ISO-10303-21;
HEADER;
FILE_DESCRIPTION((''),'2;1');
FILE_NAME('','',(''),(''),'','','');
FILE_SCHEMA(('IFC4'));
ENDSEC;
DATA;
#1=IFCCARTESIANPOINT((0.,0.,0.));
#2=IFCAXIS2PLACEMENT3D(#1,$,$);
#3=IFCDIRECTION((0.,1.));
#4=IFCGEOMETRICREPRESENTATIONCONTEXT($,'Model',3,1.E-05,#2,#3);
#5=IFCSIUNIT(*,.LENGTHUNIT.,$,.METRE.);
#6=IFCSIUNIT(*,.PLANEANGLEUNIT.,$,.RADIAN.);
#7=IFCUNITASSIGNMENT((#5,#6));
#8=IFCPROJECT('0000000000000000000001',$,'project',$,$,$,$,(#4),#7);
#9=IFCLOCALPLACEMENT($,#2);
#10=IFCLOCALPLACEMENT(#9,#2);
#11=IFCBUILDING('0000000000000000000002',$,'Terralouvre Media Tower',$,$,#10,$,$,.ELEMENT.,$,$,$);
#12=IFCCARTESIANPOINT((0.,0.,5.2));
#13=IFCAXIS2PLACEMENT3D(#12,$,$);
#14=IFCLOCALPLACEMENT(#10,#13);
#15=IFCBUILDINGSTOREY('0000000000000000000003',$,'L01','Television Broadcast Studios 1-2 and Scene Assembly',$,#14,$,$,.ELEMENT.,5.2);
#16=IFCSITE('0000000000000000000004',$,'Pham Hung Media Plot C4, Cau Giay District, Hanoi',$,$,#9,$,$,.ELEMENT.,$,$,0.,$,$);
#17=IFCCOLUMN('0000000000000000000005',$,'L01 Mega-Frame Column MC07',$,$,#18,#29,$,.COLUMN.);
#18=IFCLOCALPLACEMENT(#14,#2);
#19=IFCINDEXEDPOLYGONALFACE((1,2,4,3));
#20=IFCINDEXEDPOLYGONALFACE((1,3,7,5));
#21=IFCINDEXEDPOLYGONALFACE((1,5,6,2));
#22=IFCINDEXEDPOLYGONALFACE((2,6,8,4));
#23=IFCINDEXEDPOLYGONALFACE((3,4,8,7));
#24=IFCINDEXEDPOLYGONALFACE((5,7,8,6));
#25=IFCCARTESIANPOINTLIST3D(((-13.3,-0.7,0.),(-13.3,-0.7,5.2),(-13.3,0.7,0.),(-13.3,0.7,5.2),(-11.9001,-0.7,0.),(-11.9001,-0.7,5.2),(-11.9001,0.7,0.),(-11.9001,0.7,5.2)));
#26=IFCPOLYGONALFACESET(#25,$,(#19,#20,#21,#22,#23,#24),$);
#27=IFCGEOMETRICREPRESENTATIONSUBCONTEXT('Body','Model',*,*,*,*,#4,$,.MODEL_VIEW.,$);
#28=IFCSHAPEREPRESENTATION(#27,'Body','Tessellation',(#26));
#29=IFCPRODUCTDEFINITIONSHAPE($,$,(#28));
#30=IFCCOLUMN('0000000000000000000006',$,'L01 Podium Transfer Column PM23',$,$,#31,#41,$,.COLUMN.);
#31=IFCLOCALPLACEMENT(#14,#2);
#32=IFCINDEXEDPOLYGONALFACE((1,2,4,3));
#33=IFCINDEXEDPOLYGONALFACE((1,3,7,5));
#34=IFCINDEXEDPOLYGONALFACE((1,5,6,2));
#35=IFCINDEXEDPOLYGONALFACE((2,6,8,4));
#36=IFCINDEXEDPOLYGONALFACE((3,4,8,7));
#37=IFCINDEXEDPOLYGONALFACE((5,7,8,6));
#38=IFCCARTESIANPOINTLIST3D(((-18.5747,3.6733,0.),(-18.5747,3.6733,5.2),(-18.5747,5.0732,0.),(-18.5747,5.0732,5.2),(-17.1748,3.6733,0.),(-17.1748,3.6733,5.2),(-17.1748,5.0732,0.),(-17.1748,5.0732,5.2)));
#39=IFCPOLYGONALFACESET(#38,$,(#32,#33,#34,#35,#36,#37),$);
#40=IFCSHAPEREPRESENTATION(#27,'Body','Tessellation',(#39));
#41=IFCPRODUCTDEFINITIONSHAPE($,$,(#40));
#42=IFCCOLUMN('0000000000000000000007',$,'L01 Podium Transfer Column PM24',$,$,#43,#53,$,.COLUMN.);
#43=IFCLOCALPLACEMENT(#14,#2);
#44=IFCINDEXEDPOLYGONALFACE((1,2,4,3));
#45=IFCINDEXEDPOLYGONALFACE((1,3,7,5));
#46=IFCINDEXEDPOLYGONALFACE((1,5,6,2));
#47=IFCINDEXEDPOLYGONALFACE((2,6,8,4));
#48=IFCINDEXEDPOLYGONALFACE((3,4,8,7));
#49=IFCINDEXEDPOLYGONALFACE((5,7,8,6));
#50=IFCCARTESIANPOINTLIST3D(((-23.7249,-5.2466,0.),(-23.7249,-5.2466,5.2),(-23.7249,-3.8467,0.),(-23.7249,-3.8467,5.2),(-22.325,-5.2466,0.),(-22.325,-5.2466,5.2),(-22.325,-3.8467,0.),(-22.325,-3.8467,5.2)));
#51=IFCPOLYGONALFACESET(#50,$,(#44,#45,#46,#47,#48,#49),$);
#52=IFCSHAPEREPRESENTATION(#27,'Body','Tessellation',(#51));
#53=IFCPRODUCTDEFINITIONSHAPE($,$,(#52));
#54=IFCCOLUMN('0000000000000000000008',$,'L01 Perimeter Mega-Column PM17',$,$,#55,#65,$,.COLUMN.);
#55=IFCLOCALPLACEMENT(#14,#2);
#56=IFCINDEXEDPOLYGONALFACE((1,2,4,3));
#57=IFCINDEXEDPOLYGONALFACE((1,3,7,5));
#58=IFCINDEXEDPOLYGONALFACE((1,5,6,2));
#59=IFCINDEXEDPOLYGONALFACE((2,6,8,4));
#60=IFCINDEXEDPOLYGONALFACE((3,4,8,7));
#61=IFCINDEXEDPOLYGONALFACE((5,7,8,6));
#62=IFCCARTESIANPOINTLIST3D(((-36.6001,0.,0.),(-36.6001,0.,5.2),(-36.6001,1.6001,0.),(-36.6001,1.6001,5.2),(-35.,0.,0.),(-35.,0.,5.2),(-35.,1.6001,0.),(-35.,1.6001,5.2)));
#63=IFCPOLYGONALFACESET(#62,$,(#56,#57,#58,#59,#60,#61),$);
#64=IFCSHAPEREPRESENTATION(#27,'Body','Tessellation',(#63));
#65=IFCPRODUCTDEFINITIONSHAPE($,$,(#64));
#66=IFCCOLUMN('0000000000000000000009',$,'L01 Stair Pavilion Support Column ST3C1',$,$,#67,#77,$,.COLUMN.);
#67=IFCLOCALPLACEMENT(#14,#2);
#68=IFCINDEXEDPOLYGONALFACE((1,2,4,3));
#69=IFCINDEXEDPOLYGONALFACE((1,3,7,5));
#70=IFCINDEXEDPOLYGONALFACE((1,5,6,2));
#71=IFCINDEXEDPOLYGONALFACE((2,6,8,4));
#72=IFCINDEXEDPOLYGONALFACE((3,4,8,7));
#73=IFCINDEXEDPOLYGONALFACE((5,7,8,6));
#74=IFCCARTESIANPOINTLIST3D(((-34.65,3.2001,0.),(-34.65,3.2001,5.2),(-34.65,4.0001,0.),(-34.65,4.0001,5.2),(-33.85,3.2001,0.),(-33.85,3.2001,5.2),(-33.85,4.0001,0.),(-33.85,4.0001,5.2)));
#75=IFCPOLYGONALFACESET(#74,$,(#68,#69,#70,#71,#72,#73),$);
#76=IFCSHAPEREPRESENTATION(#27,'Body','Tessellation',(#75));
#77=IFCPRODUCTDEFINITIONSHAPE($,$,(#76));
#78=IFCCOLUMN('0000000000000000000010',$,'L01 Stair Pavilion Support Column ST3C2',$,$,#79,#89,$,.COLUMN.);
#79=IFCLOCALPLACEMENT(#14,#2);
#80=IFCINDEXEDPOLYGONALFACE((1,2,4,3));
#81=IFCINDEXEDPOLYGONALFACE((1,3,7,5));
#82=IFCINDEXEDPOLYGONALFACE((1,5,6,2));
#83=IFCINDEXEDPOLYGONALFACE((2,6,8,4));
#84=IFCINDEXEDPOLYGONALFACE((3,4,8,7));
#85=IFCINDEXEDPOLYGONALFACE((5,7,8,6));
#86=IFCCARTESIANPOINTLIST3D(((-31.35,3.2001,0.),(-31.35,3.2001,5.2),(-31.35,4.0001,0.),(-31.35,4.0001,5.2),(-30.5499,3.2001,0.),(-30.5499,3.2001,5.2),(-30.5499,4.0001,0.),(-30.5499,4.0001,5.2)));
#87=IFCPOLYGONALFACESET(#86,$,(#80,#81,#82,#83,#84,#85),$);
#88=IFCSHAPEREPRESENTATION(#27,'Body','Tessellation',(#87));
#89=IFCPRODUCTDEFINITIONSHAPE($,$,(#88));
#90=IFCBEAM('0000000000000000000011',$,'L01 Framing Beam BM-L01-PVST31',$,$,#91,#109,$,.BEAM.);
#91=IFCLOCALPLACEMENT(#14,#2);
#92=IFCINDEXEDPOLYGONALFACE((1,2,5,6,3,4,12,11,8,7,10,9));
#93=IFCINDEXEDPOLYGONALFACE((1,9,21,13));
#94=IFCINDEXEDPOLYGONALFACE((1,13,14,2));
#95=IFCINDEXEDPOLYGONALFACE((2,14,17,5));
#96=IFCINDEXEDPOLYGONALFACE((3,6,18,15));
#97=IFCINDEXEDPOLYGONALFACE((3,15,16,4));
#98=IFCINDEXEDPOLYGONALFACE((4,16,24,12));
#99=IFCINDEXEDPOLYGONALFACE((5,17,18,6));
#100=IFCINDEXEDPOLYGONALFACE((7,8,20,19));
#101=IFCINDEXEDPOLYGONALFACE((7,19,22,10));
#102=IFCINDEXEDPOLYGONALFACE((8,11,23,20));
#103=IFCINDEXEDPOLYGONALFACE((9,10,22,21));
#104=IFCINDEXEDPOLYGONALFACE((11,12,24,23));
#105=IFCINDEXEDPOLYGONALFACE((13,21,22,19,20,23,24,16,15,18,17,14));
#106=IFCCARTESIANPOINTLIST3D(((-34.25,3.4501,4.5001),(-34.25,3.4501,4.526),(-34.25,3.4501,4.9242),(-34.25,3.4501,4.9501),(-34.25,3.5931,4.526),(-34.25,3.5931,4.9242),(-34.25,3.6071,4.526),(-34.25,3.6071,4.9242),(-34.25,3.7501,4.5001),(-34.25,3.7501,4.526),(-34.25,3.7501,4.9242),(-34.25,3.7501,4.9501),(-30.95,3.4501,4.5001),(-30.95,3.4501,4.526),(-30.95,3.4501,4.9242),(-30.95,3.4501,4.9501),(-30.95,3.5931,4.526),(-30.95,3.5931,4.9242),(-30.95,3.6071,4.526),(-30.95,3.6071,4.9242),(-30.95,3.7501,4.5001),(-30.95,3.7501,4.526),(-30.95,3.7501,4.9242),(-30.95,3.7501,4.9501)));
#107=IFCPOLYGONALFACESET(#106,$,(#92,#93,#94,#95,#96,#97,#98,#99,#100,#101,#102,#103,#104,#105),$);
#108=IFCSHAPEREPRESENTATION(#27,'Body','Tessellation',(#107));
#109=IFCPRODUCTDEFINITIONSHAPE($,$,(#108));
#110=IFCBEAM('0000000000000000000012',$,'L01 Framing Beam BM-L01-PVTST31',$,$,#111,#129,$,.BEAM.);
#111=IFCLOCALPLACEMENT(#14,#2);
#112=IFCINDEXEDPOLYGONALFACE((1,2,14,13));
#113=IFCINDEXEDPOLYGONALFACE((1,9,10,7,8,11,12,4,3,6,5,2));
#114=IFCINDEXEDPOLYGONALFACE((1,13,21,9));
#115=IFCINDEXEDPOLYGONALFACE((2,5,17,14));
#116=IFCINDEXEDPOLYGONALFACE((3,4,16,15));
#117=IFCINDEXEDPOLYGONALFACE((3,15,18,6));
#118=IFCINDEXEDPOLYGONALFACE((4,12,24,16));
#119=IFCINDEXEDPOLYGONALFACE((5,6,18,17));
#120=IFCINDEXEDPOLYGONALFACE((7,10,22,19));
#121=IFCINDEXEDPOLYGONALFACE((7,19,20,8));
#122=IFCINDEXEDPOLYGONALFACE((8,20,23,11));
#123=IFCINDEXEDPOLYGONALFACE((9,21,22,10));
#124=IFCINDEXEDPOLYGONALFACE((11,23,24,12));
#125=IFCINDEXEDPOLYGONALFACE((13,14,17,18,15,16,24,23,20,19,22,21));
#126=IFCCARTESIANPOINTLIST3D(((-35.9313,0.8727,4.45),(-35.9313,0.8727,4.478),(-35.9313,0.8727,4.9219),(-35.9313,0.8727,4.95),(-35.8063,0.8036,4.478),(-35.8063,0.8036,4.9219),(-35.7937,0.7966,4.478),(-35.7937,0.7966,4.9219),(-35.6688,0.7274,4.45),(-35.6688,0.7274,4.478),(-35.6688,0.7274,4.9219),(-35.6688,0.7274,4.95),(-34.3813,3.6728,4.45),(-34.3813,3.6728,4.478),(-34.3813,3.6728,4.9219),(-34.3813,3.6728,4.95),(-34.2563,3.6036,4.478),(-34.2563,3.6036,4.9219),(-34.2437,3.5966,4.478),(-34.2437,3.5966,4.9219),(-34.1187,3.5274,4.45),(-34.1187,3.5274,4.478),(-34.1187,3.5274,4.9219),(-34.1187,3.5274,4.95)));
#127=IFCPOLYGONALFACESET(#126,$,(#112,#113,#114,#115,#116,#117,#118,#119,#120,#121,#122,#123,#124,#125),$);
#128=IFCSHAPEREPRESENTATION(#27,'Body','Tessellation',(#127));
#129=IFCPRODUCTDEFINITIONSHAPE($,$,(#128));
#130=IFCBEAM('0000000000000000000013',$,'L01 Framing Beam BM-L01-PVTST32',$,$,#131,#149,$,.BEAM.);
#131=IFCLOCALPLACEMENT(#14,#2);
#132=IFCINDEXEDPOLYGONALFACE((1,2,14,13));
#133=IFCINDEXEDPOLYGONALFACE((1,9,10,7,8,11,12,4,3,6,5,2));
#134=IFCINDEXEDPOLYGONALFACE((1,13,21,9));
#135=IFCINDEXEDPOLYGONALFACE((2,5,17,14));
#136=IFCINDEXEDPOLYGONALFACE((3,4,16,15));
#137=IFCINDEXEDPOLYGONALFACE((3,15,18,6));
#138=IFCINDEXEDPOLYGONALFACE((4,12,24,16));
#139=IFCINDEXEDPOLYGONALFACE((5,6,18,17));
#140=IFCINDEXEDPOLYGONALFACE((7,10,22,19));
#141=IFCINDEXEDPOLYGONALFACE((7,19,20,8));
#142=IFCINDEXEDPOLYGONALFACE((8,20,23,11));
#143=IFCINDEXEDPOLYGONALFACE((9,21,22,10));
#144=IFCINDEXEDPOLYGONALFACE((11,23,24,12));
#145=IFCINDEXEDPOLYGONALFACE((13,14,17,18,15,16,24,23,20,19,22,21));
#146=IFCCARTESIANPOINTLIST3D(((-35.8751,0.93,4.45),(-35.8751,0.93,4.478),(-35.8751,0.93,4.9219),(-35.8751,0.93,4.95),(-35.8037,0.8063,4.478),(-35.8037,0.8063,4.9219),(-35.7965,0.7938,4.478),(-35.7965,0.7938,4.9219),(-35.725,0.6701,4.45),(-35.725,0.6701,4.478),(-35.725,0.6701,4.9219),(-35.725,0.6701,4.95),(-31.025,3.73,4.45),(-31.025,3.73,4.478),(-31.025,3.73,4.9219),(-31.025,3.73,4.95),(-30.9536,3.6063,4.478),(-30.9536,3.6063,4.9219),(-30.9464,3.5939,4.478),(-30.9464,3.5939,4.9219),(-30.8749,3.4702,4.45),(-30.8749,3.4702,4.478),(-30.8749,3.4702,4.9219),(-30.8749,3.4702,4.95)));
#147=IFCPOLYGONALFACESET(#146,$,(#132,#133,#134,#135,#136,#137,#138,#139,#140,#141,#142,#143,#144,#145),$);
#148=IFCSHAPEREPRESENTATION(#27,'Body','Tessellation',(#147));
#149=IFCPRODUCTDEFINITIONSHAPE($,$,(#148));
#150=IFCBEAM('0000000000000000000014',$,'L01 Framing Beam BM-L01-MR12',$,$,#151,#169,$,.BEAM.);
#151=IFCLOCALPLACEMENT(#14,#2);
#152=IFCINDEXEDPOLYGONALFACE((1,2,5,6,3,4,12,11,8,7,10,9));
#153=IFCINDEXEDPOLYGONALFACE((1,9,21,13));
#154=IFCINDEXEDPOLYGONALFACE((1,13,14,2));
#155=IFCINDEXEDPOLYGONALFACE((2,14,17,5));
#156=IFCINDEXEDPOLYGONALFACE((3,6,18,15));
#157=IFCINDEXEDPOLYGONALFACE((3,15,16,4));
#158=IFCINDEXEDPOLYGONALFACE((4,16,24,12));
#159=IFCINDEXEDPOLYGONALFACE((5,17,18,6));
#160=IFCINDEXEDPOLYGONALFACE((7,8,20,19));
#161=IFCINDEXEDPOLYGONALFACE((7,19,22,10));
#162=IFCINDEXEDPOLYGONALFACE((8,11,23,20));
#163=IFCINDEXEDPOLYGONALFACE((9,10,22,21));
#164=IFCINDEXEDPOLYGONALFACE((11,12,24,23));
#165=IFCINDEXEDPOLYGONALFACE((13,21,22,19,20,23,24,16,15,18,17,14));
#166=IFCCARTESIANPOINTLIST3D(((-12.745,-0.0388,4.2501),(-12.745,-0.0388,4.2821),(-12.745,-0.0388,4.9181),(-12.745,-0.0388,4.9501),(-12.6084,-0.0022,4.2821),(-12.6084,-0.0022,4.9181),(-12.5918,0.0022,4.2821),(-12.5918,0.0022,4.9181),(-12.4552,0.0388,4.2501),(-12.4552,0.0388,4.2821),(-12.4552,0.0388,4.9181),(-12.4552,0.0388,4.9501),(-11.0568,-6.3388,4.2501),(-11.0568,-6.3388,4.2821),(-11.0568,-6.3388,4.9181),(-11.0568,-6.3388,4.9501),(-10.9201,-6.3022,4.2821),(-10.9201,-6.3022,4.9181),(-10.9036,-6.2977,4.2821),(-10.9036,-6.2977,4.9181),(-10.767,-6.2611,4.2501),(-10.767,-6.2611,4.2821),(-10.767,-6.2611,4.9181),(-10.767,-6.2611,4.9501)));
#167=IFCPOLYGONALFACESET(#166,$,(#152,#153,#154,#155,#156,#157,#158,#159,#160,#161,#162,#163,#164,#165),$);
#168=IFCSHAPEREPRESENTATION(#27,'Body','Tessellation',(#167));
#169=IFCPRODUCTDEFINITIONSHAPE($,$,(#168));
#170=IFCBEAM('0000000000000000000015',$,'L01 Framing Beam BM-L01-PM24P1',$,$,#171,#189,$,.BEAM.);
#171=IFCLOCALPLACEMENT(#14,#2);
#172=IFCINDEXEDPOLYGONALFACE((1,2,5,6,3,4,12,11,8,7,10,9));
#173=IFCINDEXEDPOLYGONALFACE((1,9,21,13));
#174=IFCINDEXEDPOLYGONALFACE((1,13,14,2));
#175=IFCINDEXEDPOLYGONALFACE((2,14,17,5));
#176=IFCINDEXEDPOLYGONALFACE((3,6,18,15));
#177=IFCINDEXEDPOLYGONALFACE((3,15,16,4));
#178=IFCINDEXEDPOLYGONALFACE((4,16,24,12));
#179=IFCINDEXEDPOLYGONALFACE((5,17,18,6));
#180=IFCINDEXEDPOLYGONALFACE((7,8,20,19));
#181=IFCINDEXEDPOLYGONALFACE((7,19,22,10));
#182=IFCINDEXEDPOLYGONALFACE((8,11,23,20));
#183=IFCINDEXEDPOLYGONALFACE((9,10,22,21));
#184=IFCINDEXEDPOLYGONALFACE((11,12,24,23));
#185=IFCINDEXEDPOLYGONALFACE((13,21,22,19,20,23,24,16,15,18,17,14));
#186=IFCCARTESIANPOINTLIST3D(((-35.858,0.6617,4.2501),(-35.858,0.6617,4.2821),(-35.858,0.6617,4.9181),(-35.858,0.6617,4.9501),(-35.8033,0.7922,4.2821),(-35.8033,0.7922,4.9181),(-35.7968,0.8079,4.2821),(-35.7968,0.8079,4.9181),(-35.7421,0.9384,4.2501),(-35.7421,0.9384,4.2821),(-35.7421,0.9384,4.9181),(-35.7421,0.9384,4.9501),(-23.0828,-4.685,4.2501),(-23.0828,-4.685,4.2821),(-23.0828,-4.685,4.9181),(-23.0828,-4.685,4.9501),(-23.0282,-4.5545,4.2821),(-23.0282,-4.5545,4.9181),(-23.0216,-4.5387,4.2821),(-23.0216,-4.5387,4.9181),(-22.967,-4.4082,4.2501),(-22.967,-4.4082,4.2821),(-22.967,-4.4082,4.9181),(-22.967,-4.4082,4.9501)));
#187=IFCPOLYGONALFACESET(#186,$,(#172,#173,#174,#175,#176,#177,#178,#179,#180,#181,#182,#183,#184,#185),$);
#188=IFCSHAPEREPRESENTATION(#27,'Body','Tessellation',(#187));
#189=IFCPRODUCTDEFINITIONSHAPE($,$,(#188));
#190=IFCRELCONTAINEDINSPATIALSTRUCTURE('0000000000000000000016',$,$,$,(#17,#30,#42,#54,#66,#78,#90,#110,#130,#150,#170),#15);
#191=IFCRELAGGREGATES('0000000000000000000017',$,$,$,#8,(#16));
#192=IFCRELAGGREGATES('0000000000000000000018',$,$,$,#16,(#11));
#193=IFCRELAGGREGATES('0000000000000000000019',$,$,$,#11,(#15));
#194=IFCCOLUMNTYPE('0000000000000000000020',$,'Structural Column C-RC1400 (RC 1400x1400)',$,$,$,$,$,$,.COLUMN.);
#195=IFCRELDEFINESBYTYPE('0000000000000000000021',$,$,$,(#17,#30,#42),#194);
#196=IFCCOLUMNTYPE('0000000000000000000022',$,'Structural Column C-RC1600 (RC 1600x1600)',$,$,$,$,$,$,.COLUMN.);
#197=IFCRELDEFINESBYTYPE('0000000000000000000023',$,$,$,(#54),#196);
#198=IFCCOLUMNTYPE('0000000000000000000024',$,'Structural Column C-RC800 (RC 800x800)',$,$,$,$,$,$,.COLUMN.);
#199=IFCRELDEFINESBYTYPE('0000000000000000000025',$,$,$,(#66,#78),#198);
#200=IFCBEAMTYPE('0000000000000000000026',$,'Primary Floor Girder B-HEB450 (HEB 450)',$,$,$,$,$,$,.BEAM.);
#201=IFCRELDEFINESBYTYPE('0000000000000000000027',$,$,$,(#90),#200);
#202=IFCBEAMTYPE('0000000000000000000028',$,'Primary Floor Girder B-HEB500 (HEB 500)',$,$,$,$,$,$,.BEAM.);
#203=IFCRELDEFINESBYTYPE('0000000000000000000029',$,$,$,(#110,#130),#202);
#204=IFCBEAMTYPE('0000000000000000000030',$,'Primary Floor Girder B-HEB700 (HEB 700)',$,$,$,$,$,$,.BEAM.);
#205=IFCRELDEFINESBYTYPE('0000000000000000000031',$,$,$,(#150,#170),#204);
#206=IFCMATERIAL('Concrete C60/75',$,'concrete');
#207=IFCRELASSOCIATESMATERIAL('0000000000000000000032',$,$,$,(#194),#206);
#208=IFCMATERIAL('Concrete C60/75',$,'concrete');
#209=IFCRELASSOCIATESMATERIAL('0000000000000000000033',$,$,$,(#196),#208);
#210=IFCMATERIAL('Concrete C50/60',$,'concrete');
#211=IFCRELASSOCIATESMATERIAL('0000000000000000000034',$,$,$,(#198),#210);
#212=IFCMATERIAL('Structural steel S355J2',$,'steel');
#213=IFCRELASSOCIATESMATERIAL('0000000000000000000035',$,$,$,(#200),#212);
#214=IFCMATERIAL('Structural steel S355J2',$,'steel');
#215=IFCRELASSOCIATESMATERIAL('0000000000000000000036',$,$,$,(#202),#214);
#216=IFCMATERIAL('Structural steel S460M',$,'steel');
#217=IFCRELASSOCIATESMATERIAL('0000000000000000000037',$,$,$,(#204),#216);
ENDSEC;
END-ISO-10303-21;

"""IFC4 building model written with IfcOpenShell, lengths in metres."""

from ifc_helpers import new_model, si_unit, direction, frame, origin, origin_2d, place, context, subcontext, project, spatial, rectangle, i_section, extrude, material, material_profile, profile_set, type_object, element, save


model = new_model("IFC4")

# Units and contexts
model_context = context("Model", 3, precision=1e-05, world=origin(), true_north=direction((0.0, 1.0)))
body_context = subcontext(model_context, "Body", "Model", "MODEL_VIEW")
ifc_project = project(units=[si_unit("LENGTHUNIT", "METRE"), si_unit("PLANEANGLEUNIT", "RADIAN")], contexts=[model_context])

# Site, building, storey
site_placement = place(None, origin())
site = spatial("IfcSite", under=ifc_project, at=site_placement, Name="Pham Hung Media Plot C4, Cau Giay District, Hanoi", CompositionType="ELEMENT", RefElevation=0.0)
building_placement = place(site_placement, origin())
building = spatial("IfcBuilding", under=site, at=building_placement, Name="Terralouvre Media Tower", CompositionType="ELEMENT")
storey_placement = place(building_placement, frame((0.0, 0.0, 5.2)))
storey = spatial("IfcBuildingStorey", under=building, at=storey_placement, Name="L01", Description="Television Broadcast Studios 1-2 and Scene Assembly", CompositionType="ELEMENT", Elevation=5.2)

# Columns
ifc_material_1 = material(Name="Concrete C60/75", Category="concrete")
ifc_material_profile_1 = material_profile(ifc_material_1, rectangle(XDim=1.3999, YDim=1.3999, at=origin_2d()), Name="RC 1400x1400")
ifc_profile_set_1 = profile_set([ifc_material_profile_1], Name="Concrete C60/75")
column_type_1 = type_object("IfcColumnType", Name="Structural Column C-RC1400 (RC 1400x1400)", PredefinedType="COLUMN", material=ifc_profile_set_1)
for number, where, z_axis, x_axis, name in (
    (1, (-12.6001, 0.0, 0.0), (0.0, 0.0, 1.0), (1.0, 0.0, 0.0), "L01 Mega-Frame Column MC07"),
    (2, (-17.8748, 4.3733, 0.0), (0.0, 0.0, 1.0), (1.0, 0.0, 0.0), "L01 Podium Transfer Column PM23"),
    (3, (-23.0249, -4.5466, 0.0), (0.0, 0.0, 1.0), (1.0, 0.0, 0.0), "L01 Podium Transfer Column PM24"),
):
    element("IfcColumn", number, at=place(storey_placement, frame(where, z_axis=z_axis, x_axis=x_axis)), inside=storey, type_object=column_type_1, Name=name, PredefinedType="COLUMN", context=body_context, shape_type="SweptSolid", body=[
        extrude(rectangle(XDim=1.3999, YDim=1.3999, at=origin_2d()), origin(), (0.0, 0.0, 1.0), 5.2),
    ])
ifc_material_2 = material(Name="Concrete C60/75", Category="concrete")
ifc_material_profile_2 = material_profile(ifc_material_2, rectangle(XDim=1.6001, YDim=1.6001, at=origin_2d()), Name="RC 1600x1600")
ifc_profile_set_2 = profile_set([ifc_material_profile_2], Name="Concrete C60/75")
column_type_2 = type_object("IfcColumnType", Name="Structural Column C-RC1600 (RC 1600x1600)", PredefinedType="COLUMN", material=ifc_profile_set_2)
column_placement = place(storey_placement, frame((-35.8, 0.8, 0.0), z_axis=(0.0, 0.0, 1.0), x_axis=(1.0, 0.0, 0.0)))
element("IfcColumn", 4, at=column_placement, inside=storey, type_object=column_type_2, Name="L01 Perimeter Mega-Column PM17", PredefinedType="COLUMN", context=body_context, shape_type="SweptSolid", body=[
    extrude(rectangle(XDim=1.6001, YDim=1.6001, at=origin_2d()), origin(), (0.0, 0.0, 1.0), 5.2),
])
ifc_material_3 = material(Name="Concrete C50/60", Category="concrete")
ifc_material_profile_3 = material_profile(ifc_material_3, rectangle(XDim=0.8, YDim=0.8, at=origin_2d()), Name="RC 800x800")
ifc_profile_set_3 = profile_set([ifc_material_profile_3], Name="Concrete C50/60")
column_type_3 = type_object("IfcColumnType", Name="Structural Column C-RC800 (RC 800x800)", PredefinedType="COLUMN", material=ifc_profile_set_3)
for number, where, z_axis, x_axis, name in (
    (5, (-34.25, 3.6001, 0.0), (0.0, 0.0, 1.0), (1.0, 0.0, 0.0), "L01 Stair Pavilion Support Column ST3C1"),
    (6, (-30.95, 3.6001, 0.0), (0.0, 0.0, 1.0), (1.0, 0.0, 0.0), "L01 Stair Pavilion Support Column ST3C2"),
):
    element("IfcColumn", number, at=place(storey_placement, frame(where, z_axis=z_axis, x_axis=x_axis)), inside=storey, type_object=column_type_3, Name=name, PredefinedType="COLUMN", context=body_context, shape_type="SweptSolid", body=[
        extrude(rectangle(XDim=0.8, YDim=0.8, at=origin_2d()), origin(), (0.0, 0.0, 1.0), 5.2),
    ])

# Beams
ifc_material_4 = material(Name="Structural steel S355J2", Category="steel")
ifc_material_profile_4 = material_profile(ifc_material_4, i_section(OverallWidth=0.3, OverallDepth=0.45, WebThickness=0.0139, FlangeThickness=0.0259, at=origin_2d()), Name="HEB 450")
ifc_profile_set_4 = profile_set([ifc_material_profile_4], Name="Structural steel S355J2")
beam_type_1 = type_object("IfcBeamType", Name="Primary Floor Girder B-HEB450 (HEB 450)", PredefinedType="BEAM", material=ifc_profile_set_4)
beam_1_placement = place(storey_placement, frame((-34.25, 3.6001, 4.7251), z_axis=(1.0, 0.0, 0.0), x_axis=(0.0, 1.0, 0.0)))
element("IfcBeam", 7, at=beam_1_placement, inside=storey, type_object=beam_type_1, Name="L01 Framing Beam BM-L01-PVST31", PredefinedType="BEAM", context=body_context, shape_type="SweptSolid", body=[
    extrude(i_section(OverallWidth=0.3, OverallDepth=0.45, WebThickness=0.0139, FlangeThickness=0.0259, at=origin_2d()), origin(), (0.0, 0.0, 1.0), 3.3),
])
ifc_material_5 = material(Name="Structural steel S355J2", Category="steel")
ifc_material_profile_5 = material_profile(ifc_material_5, i_section(OverallWidth=0.3, OverallDepth=0.5, WebThickness=0.0144, FlangeThickness=0.0281, at=origin_2d()), Name="HEB 500")
ifc_profile_set_5 = profile_set([ifc_material_profile_5], Name="Structural steel S355J2")
beam_type_2 = type_object("IfcBeamType", Name="Primary Floor Girder B-HEB500 (HEB 500)", PredefinedType="BEAM", material=ifc_profile_set_5)
beam_2_placement = place(storey_placement, frame((-34.25, 3.6001, 4.7), z_axis=(-0.484321, -0.87489, 0.0), x_axis=(0.87489, -0.484321, 0.0)))
element("IfcBeam", 8, at=beam_2_placement, inside=storey, type_object=beam_type_2, Name="L01 Framing Beam BM-L01-PVTST31", PredefinedType="BEAM", context=body_context, shape_type="SweptSolid", body=[
    extrude(i_section(OverallWidth=0.3, OverallDepth=0.5, WebThickness=0.0144, FlangeThickness=0.0281, at=origin_2d()), origin(), (0.0, 0.0, 1.0), 3.2004),
])
beam_3_placement = place(storey_placement, frame((-30.95, 3.6001, 4.7), z_axis=(-0.866037, -0.499979, 0.0), x_axis=(0.499979, -0.866037, 0.0)))
element("IfcBeam", 9, at=beam_3_placement, inside=storey, type_object=beam_type_2, Name="L01 Framing Beam BM-L01-PVTST32", PredefinedType="BEAM", context=body_context, shape_type="SweptSolid", body=[
    extrude(i_section(OverallWidth=0.3, OverallDepth=0.5, WebThickness=0.0144, FlangeThickness=0.0281, at=origin_2d()), origin(), (0.0, 0.0, 1.0), 5.6003),
])
ifc_material_6 = material(Name="Structural steel S460M", Category="steel")
ifc_material_profile_6 = material_profile(ifc_material_6, i_section(OverallWidth=0.3, OverallDepth=0.7, WebThickness=0.0171, FlangeThickness=0.032, at=origin_2d()), Name="HEB 700")
ifc_profile_set_6 = profile_set([ifc_material_profile_6], Name="Structural steel S460M")
beam_type_3 = type_object("IfcBeamType", Name="Primary Floor Girder B-HEB700 (HEB 700)", PredefinedType="BEAM", material=ifc_profile_set_6)
beam_4_placement = place(storey_placement, frame((-12.6001, 0.0, 4.6001), z_axis=(0.258839, -0.96592, 0.0), x_axis=(0.96592, 0.258839, 0.0)))
element("IfcBeam", 10, at=beam_4_placement, inside=storey, type_object=beam_type_3, Name="L01 Framing Beam BM-L01-MR12", PredefinedType="BEAM", context=body_context, shape_type="SweptSolid", body=[
    extrude(i_section(OverallWidth=0.3, OverallDepth=0.7, WebThickness=0.0171, FlangeThickness=0.032, at=origin_2d()), origin(), (0.0, 0.0, 1.0), 6.5222),
])
beam_5_placement = place(storey_placement, frame((-23.0249, -4.5466, 4.6001), z_axis=(-0.922468, 0.386073, 0.0), x_axis=(-0.386073, -0.922468, 0.0)))
element("IfcBeam", 11, at=beam_5_placement, inside=storey, type_object=beam_type_3, Name="L01 Framing Beam BM-L01-PM24P1", PredefinedType="BEAM", context=body_context, shape_type="SweptSolid", body=[
    extrude(i_section(OverallWidth=0.3, OverallDepth=0.7, WebThickness=0.0171, FlangeThickness=0.032, at=origin_2d()), origin(), (0.0, 0.0, 1.0), 13.8489),
])

save(model, "model.ifc")
